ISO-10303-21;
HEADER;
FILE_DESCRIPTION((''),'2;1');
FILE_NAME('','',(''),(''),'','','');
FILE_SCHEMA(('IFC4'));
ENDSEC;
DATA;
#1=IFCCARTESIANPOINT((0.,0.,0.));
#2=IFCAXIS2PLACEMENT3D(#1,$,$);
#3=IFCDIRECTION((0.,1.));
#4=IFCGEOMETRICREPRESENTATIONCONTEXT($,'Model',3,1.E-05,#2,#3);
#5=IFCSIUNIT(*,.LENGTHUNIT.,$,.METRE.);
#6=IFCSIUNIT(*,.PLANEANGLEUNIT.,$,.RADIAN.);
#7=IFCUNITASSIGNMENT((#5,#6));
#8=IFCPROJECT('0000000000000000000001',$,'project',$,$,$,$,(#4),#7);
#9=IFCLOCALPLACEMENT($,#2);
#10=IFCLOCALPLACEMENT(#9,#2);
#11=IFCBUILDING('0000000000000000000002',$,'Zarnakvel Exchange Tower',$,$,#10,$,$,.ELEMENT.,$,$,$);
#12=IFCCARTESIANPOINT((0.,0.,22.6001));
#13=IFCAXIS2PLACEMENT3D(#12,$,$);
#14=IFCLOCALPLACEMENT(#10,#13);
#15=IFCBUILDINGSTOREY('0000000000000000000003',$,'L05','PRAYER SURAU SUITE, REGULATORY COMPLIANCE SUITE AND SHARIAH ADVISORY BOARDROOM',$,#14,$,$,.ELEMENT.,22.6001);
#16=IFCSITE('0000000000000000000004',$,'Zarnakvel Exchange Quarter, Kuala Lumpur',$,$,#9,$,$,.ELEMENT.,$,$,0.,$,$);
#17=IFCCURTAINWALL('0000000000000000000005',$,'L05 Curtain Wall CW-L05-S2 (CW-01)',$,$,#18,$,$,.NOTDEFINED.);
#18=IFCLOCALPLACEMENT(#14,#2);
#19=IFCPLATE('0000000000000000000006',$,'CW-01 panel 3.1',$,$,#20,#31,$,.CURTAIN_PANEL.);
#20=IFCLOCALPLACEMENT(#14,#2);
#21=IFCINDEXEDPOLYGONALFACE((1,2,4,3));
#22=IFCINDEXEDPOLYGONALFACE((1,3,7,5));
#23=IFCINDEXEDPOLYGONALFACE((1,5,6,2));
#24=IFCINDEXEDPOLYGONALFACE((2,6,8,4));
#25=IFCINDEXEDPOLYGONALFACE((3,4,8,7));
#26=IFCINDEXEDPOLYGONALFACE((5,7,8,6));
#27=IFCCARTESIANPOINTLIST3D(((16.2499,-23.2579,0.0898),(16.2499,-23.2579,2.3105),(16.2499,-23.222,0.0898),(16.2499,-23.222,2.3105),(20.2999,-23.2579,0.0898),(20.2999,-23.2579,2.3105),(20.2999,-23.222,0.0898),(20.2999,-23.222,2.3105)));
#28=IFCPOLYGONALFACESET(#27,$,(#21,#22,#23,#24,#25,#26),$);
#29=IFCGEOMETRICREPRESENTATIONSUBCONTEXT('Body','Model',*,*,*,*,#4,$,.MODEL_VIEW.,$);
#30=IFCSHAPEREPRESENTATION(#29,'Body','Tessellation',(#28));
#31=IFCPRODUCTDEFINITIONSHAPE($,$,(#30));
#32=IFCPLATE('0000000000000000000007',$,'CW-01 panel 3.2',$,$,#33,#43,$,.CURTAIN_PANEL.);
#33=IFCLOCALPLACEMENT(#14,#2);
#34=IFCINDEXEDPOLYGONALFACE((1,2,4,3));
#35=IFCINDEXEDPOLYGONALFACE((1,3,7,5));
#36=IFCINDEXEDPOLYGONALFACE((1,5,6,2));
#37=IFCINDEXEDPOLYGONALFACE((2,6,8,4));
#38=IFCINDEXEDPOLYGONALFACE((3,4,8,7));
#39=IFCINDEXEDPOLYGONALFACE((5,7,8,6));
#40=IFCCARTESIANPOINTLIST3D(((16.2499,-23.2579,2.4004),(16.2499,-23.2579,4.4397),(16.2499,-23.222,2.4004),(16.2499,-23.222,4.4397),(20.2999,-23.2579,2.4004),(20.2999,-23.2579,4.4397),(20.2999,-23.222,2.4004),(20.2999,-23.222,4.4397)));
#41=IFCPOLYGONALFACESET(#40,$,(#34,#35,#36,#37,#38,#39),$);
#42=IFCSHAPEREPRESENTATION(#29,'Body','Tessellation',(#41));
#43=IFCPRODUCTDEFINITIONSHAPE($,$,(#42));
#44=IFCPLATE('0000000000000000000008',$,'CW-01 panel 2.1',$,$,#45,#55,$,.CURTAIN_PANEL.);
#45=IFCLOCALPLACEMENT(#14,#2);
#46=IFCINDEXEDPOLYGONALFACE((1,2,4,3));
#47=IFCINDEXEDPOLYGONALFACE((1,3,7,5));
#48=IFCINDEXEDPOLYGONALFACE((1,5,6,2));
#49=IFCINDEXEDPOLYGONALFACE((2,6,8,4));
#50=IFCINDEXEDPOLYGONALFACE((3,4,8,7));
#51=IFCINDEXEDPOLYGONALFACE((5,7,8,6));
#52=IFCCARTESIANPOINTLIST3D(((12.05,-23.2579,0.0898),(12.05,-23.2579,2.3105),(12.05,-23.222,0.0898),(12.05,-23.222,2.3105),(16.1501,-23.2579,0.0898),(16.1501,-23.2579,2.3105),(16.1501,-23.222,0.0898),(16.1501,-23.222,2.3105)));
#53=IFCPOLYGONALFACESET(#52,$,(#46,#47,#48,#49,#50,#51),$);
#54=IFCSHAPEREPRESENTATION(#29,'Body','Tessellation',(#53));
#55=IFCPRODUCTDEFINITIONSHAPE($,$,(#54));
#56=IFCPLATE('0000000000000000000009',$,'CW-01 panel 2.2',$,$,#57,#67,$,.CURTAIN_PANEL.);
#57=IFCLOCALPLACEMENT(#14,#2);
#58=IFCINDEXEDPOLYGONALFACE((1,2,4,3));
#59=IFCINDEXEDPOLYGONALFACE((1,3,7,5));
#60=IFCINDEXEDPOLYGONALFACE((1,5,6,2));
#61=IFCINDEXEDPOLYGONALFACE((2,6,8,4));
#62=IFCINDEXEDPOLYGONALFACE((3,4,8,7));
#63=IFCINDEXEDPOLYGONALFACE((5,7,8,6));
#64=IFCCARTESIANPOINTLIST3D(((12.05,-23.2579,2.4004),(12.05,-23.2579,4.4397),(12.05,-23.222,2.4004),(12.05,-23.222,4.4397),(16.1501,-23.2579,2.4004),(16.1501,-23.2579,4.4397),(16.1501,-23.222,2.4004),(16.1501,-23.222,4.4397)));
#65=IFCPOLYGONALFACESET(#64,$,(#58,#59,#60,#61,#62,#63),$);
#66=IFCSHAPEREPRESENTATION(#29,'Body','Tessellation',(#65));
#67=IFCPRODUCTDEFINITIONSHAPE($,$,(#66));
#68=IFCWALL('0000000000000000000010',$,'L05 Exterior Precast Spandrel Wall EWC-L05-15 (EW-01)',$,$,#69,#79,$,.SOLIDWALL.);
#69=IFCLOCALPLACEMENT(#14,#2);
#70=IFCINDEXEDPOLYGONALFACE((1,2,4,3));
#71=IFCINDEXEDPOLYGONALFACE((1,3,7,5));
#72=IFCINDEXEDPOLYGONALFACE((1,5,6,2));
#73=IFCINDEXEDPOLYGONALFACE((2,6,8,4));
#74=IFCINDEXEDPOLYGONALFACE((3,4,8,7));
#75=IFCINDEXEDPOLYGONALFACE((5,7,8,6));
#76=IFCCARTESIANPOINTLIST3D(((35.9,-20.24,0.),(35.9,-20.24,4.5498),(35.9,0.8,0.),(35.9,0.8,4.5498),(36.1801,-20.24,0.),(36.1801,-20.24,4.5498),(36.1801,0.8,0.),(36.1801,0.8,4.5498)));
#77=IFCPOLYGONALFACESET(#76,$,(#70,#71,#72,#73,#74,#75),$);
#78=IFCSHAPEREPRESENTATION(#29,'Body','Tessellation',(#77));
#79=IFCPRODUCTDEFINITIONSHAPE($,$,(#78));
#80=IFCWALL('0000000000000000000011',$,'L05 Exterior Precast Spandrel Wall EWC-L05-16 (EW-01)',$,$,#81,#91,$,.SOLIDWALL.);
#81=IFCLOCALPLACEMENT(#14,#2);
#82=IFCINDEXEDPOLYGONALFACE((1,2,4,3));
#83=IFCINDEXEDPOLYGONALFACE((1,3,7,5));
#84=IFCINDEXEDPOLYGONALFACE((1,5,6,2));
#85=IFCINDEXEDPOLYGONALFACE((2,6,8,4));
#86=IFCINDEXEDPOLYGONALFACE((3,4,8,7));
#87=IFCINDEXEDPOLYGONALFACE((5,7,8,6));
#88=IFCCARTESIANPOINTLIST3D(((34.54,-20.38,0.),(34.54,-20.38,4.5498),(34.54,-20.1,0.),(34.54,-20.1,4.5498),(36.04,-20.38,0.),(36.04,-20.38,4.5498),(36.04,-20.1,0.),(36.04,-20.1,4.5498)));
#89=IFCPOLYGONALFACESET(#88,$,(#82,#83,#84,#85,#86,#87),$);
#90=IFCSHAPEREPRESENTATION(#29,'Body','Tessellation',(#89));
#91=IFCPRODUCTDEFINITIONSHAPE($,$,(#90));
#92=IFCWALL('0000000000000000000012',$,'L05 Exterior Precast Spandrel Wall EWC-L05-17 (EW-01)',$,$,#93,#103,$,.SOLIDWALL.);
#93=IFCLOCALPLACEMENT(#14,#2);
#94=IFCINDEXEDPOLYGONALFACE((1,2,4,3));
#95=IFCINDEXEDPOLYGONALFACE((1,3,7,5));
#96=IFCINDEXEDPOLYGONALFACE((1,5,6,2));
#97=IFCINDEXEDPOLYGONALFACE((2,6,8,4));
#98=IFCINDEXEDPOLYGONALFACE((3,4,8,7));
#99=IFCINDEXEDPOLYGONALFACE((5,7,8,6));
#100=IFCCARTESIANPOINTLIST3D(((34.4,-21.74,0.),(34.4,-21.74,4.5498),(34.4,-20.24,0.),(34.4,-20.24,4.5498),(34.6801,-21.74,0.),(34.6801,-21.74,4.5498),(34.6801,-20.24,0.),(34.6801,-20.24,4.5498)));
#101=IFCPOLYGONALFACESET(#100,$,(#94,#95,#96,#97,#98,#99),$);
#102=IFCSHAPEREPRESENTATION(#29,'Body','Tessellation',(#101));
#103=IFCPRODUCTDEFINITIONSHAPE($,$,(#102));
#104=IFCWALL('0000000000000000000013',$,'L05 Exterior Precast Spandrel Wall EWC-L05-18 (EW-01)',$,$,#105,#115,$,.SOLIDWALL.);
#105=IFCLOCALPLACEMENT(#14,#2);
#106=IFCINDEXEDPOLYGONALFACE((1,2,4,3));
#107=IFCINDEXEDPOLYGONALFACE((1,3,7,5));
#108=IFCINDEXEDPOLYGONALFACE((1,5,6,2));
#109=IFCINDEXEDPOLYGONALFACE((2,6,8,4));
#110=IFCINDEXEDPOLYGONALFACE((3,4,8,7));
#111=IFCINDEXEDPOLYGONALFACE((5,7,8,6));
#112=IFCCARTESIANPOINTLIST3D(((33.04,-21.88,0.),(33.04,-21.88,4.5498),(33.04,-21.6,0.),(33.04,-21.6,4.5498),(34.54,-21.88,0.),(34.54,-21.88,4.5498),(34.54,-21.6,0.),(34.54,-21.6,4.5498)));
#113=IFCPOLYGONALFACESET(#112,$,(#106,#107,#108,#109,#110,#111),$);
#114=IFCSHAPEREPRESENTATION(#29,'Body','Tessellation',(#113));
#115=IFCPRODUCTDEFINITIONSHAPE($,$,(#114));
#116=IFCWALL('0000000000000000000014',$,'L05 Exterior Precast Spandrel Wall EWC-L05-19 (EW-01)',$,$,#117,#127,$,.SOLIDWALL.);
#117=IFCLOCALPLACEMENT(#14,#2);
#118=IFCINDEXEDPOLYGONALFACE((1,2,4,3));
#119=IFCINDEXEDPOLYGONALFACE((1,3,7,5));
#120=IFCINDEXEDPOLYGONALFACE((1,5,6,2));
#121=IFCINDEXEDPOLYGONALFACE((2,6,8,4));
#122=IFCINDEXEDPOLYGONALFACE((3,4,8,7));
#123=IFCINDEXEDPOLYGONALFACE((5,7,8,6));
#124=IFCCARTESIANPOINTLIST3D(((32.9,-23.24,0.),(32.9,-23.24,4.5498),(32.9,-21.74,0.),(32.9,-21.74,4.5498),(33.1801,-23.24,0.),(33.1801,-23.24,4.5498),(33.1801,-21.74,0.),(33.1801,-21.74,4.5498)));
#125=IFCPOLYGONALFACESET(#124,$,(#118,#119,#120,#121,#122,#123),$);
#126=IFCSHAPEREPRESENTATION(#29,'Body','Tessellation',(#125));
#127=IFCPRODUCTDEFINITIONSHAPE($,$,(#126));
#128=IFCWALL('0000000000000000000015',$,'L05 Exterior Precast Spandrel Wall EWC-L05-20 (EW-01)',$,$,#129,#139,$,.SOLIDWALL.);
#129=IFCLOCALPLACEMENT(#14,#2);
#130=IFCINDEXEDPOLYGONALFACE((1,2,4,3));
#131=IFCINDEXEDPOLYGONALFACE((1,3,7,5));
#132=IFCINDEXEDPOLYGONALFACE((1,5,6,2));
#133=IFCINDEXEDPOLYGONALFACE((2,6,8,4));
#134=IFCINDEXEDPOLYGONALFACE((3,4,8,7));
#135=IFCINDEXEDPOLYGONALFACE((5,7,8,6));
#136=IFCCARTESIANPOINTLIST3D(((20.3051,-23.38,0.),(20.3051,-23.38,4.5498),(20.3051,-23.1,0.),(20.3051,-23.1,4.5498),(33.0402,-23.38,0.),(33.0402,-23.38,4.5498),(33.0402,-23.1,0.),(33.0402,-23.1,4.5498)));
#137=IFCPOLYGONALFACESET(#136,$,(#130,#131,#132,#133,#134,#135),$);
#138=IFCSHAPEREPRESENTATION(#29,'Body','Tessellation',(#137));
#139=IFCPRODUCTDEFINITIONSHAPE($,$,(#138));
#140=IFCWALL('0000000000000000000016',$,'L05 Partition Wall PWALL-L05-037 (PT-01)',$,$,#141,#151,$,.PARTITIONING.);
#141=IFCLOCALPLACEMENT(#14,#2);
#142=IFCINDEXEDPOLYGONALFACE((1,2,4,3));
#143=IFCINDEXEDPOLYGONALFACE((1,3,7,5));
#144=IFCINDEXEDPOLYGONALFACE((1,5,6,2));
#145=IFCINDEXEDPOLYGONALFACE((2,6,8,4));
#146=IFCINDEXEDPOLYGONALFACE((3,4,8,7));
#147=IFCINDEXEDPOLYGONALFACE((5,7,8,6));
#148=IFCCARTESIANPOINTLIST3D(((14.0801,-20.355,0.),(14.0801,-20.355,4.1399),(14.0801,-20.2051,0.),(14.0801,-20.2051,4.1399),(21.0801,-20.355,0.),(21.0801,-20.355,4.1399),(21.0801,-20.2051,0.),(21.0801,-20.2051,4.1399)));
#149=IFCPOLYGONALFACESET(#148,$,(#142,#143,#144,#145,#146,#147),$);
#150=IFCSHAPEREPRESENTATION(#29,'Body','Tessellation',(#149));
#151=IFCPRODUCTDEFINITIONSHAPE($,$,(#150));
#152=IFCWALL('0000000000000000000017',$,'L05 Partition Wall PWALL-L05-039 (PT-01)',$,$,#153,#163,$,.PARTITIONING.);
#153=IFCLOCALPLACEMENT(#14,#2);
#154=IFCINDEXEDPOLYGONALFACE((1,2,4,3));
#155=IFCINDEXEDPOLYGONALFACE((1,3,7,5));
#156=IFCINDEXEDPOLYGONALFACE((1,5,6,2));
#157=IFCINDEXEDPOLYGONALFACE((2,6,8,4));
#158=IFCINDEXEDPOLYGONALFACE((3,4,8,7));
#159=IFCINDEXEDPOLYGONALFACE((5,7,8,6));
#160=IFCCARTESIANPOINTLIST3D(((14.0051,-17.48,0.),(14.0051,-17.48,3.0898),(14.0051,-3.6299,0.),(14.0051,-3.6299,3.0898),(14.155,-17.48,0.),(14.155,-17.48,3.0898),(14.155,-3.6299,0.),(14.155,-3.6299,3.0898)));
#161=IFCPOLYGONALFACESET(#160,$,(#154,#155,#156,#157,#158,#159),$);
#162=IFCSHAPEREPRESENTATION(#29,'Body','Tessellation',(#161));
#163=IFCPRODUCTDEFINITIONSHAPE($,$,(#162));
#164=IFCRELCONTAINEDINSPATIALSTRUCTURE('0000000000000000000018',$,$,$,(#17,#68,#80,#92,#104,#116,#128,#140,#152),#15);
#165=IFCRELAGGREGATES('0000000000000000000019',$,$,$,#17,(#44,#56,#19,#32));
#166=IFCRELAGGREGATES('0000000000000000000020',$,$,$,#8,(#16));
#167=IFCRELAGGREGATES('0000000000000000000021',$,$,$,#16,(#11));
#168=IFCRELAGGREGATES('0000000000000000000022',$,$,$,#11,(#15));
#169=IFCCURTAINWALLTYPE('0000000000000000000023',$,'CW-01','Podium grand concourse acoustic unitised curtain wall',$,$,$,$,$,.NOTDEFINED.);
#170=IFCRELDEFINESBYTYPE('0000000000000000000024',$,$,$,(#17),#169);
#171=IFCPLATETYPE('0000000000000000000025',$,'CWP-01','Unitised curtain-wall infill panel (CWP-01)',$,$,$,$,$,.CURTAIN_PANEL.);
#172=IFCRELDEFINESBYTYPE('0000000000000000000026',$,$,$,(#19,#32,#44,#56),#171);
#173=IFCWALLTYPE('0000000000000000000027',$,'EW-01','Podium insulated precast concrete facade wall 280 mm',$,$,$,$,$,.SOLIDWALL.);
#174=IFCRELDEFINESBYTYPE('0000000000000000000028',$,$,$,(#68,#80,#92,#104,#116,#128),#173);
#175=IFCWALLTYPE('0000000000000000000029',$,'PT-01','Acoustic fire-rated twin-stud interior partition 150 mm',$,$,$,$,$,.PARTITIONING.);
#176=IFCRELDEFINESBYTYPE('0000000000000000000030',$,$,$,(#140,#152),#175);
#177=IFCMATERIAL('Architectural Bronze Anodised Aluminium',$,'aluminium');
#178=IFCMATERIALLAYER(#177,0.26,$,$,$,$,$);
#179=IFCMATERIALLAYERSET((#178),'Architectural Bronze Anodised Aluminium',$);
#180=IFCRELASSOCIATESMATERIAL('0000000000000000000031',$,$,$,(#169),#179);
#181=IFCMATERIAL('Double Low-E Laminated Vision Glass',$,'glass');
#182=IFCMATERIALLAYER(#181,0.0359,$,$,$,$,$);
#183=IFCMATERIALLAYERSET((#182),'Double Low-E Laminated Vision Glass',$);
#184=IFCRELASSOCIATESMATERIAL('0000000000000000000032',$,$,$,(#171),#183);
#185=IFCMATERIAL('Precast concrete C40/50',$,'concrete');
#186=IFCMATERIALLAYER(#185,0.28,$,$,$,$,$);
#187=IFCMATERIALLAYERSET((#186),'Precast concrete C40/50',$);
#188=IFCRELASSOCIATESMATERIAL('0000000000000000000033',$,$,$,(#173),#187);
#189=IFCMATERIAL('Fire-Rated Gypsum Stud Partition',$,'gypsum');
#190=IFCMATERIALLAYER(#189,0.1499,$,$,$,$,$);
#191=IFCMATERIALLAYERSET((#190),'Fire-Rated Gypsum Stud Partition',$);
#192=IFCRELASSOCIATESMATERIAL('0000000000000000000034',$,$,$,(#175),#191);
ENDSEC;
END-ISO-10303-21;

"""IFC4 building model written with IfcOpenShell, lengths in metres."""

from ifc_helpers import new_model, si_unit, direction, frame, frame_2d, origin, origin_2d, place, context, subcontext, project, spatial, rectangle, extrude, source, transform, mapped, material, layer, layer_set, type_object, element, aggregate, save


model = new_model("IFC4")

# Units and contexts
model_context = context("Model", 3, precision=1e-05, world=origin(), true_north=direction((0.0, 1.0)))
body_context = subcontext(model_context, "Body", "Model", "MODEL_VIEW")
ifc_project = project(units=[si_unit("LENGTHUNIT", "METRE"), si_unit("PLANEANGLEUNIT", "RADIAN")], contexts=[model_context])

# Site, building, storey
site_placement = place(None, origin())
site = spatial("IfcSite", under=ifc_project, at=site_placement, Name="Zarnakvel Exchange Quarter, Kuala Lumpur", CompositionType="ELEMENT", RefElevation=0.0)
building_placement = place(site_placement, origin())
building = spatial("IfcBuilding", under=site, at=building_placement, Name="Zarnakvel Exchange Tower", CompositionType="ELEMENT")
storey_placement = place(building_placement, frame((0.0, 0.0, 22.6001)))
storey = spatial("IfcBuildingStorey", under=building, at=storey_placement, Name="L05", Description="PRAYER SURAU SUITE, REGULATORY COMPLIANCE SUITE AND SHARIAH ADVISORY BOARDROOM", CompositionType="ELEMENT", Elevation=22.6001)

# Curtain wall, plates
ifc_material_1 = material(Name="Architectural Bronze Anodised Aluminium", Category="aluminium")
ifc_layer_1 = layer(ifc_material_1, 0.26)
ifc_layer_set_1 = layer_set([ifc_layer_1], Name="Architectural Bronze Anodised Aluminium")
curtain_wall_type = type_object("IfcCurtainWallType", Name="CW-01", Description="Podium grand concourse acoustic unitised curtain wall", PredefinedType="NOTDEFINED", material=ifc_layer_set_1)
curtain_wall_placement = place(storey_placement, origin())
curtain_wall = element("IfcCurtainWall", 1, at=curtain_wall_placement, inside=storey, type_object=curtain_wall_type, Name="L05 Curtain Wall CW-L05-S2 (CW-01)", PredefinedType="NOTDEFINED")
ifc_material_2 = material(Name="Double Low-E Laminated Vision Glass", Category="glass")
ifc_layer_2 = layer(ifc_material_2, 0.0359)
ifc_layer_set_2 = layer_set([ifc_layer_2], Name="Double Low-E Laminated Vision Glass")
plate_type = type_object("IfcPlateType", Name="CWP-01", Description="Unitised curtain-wall infill panel (CWP-01)", PredefinedType="CURTAIN_PANEL", material=ifc_layer_set_2)
shared_shape_1 = source(origin(), body_context, "Body", "SweptSolid", [
    extrude(rectangle(XDim=4.05, YDim=0.0359, at=origin_2d()), origin(), (0.0, 0.0, 1.0), 2.2207),
])
plate_1_placement = place(storey_placement, frame((18.2749, -23.24, 0.0898), z_axis=(0.0, 0.0, 1.0), x_axis=(1.0, 0.0, 0.0)))
plate_1 = element("IfcPlate", 2, at=plate_1_placement, type_object=plate_type, Name="CW-01 panel 3.1", PredefinedType="CURTAIN_PANEL", context=body_context, shape_type="MappedRepresentation", body=[
    mapped(shared_shape_1, transform((0.0, 0.0, 0.0), x_axis=(1.0, 0.0, 0.0), y_axis=(0.0, 1.0, 0.0), z_axis=(0.0, 0.0, 1.0), scale=1.0)),
])
shared_shape_2 = source(origin(), body_context, "Body", "SweptSolid", [
    extrude(rectangle(XDim=4.05, YDim=0.0359, at=origin_2d()), origin(), (0.0, 0.0, 1.0), 2.0393),
])
plate_2_placement = place(storey_placement, frame((18.2749, -23.24, 2.4004), z_axis=(0.0, 0.0, 1.0), x_axis=(1.0, 0.0, 0.0)))
plate_2 = element("IfcPlate", 3, at=plate_2_placement, type_object=plate_type, Name="CW-01 panel 3.2", PredefinedType="CURTAIN_PANEL", context=body_context, shape_type="MappedRepresentation", body=[
    mapped(shared_shape_2, transform((0.0, 0.0, 0.0), x_axis=(1.0, 0.0, 0.0), y_axis=(0.0, 1.0, 0.0), z_axis=(0.0, 0.0, 1.0), scale=1.0)),
])
shared_shape_3 = source(origin(), body_context, "Body", "SweptSolid", [
    extrude(rectangle(XDim=4.1001, YDim=0.0359, at=origin_2d()), origin(), (0.0, 0.0, 1.0), 2.2207),
])
plate_3_placement = place(storey_placement, frame((14.1001, -23.24, 0.0898), z_axis=(0.0, 0.0, 1.0), x_axis=(1.0, 0.0, 0.0)))
plate_3 = element("IfcPlate", 4, at=plate_3_placement, type_object=plate_type, Name="CW-01 panel 2.1", PredefinedType="CURTAIN_PANEL", context=body_context, shape_type="MappedRepresentation", body=[
    mapped(shared_shape_3, transform((0.0, 0.0, 0.0), x_axis=(1.0, 0.0, 0.0), y_axis=(0.0, 1.0, 0.0), z_axis=(0.0, 0.0, 1.0), scale=1.0)),
])
shared_shape_4 = source(origin(), body_context, "Body", "SweptSolid", [
    extrude(rectangle(XDim=4.1001, YDim=0.0359, at=origin_2d()), origin(), (0.0, 0.0, 1.0), 2.0393),
])
plate_4_placement = place(storey_placement, frame((14.1001, -23.24, 2.4004), z_axis=(0.0, 0.0, 1.0), x_axis=(1.0, 0.0, 0.0)))
plate_4 = element("IfcPlate", 5, at=plate_4_placement, type_object=plate_type, Name="CW-01 panel 2.2", PredefinedType="CURTAIN_PANEL", context=body_context, shape_type="MappedRepresentation", body=[
    mapped(shared_shape_4, transform((0.0, 0.0, 0.0), x_axis=(1.0, 0.0, 0.0), y_axis=(0.0, 1.0, 0.0), z_axis=(0.0, 0.0, 1.0), scale=1.0)),
])
aggregate(curtain_wall, [plate_3, plate_4, plate_1, plate_2])

# Walls
ifc_material_3 = material(Name="Precast concrete C40/50", Category="concrete")
ifc_layer_3 = layer(ifc_material_3, 0.28)
ifc_layer_set_3 = layer_set([ifc_layer_3], Name="Precast concrete C40/50")
wall_type_1 = type_object("IfcWallType", Name="EW-01", Description="Podium insulated precast concrete facade wall 280 mm", PredefinedType="SOLIDWALL", material=ifc_layer_set_3)
wall_1_placement = place(storey_placement, frame((36.04, -20.24, 0.0), z_axis=(0.0, 0.0, 1.0), x_axis=(0.0, 1.0, 0.0)))
element("IfcWall", 6, at=wall_1_placement, inside=storey, type_object=wall_type_1, Name="L05 Exterior Precast Spandrel Wall EWC-L05-15 (EW-01)", PredefinedType="SOLIDWALL", context=body_context, shape_type="SweptSolid", body=[
    extrude(rectangle(XDim=21.04, YDim=0.28, at=frame_2d((10.52, 0.0))), origin(), (0.0, 0.0, 1.0), 4.5498),
])
for number, where, z_axis, x_axis, name in (
    (7, (34.54, -20.24, 0.0), (0.0, 0.0, 1.0), (1.0, 0.0, 0.0), "L05 Exterior Precast Spandrel Wall EWC-L05-16 (EW-01)"),
    (8, (34.54, -21.74, 0.0), (0.0, 0.0, 1.0), (0.0, 1.0, 0.0), "L05 Exterior Precast Spandrel Wall EWC-L05-17 (EW-01)"),
    (9, (33.04, -21.74, 0.0), (0.0, 0.0, 1.0), (1.0, 0.0, 0.0), "L05 Exterior Precast Spandrel Wall EWC-L05-18 (EW-01)"),
    (10, (33.04, -23.24, 0.0), (0.0, 0.0, 1.0), (0.0, 1.0, 0.0), "L05 Exterior Precast Spandrel Wall EWC-L05-19 (EW-01)"),
):
    element("IfcWall", number, at=place(storey_placement, frame(where, z_axis=z_axis, x_axis=x_axis)), inside=storey, type_object=wall_type_1, Name=name, PredefinedType="SOLIDWALL", context=body_context, shape_type="SweptSolid", body=[
        extrude(rectangle(XDim=1.5, YDim=0.28, at=frame_2d((0.75, 0.0))), origin(), (0.0, 0.0, 1.0), 4.5498),
    ])
wall_2_placement = place(storey_placement, frame((20.3049, -23.24, 0.0), z_axis=(0.0, 0.0, 1.0), x_axis=(1.0, 0.0, 0.0)))
element("IfcWall", 11, at=wall_2_placement, inside=storey, type_object=wall_type_1, Name="L05 Exterior Precast Spandrel Wall EWC-L05-20 (EW-01)", PredefinedType="SOLIDWALL", context=body_context, shape_type="SweptSolid", body=[
    extrude(rectangle(XDim=12.7351, YDim=0.28, at=frame_2d((6.3677, 0.0))), origin(), (0.0, 0.0, 1.0), 4.5498),
])
ifc_material_4 = material(Name="Fire-Rated Gypsum Stud Partition", Category="gypsum")
ifc_layer_4 = layer(ifc_material_4, 0.1499)
ifc_layer_set_4 = layer_set([ifc_layer_4], Name="Fire-Rated Gypsum Stud Partition")
wall_type_2 = type_object("IfcWallType", Name="PT-01", Description="Acoustic fire-rated twin-stud interior partition 150 mm", PredefinedType="PARTITIONING", material=ifc_layer_set_4)
wall_3_placement = place(storey_placement, frame((21.0801, -20.28, 0.0), z_axis=(0.0, 0.0, 1.0), x_axis=(-1.0, 0.0, 0.0)))
element("IfcWall", 12, at=wall_3_placement, inside=storey, type_object=wall_type_2, Name="L05 Partition Wall PWALL-L05-037 (PT-01)", PredefinedType="PARTITIONING", context=body_context, shape_type="SweptSolid", body=[
    extrude(rectangle(XDim=7.0, YDim=0.1499, at=frame_2d((3.5, 0.0))), origin(), (0.0, 0.0, 1.0), 4.1399),
])
wall_4_placement = place(storey_placement, frame((14.0801, -17.48, 0.0), z_axis=(0.0, 0.0, 1.0), x_axis=(0.0, 1.0, 0.0)))
element("IfcWall", 13, at=wall_4_placement, inside=storey, type_object=wall_type_2, Name="L05 Partition Wall PWALL-L05-039 (PT-01)", PredefinedType="PARTITIONING", context=body_context, shape_type="SweptSolid", body=[
    extrude(rectangle(XDim=13.8501, YDim=0.1499, at=frame_2d((6.925, 0.0))), origin(), (0.0, 0.0, 1.0), 3.0898),
])

save(model, "model.ifc")
